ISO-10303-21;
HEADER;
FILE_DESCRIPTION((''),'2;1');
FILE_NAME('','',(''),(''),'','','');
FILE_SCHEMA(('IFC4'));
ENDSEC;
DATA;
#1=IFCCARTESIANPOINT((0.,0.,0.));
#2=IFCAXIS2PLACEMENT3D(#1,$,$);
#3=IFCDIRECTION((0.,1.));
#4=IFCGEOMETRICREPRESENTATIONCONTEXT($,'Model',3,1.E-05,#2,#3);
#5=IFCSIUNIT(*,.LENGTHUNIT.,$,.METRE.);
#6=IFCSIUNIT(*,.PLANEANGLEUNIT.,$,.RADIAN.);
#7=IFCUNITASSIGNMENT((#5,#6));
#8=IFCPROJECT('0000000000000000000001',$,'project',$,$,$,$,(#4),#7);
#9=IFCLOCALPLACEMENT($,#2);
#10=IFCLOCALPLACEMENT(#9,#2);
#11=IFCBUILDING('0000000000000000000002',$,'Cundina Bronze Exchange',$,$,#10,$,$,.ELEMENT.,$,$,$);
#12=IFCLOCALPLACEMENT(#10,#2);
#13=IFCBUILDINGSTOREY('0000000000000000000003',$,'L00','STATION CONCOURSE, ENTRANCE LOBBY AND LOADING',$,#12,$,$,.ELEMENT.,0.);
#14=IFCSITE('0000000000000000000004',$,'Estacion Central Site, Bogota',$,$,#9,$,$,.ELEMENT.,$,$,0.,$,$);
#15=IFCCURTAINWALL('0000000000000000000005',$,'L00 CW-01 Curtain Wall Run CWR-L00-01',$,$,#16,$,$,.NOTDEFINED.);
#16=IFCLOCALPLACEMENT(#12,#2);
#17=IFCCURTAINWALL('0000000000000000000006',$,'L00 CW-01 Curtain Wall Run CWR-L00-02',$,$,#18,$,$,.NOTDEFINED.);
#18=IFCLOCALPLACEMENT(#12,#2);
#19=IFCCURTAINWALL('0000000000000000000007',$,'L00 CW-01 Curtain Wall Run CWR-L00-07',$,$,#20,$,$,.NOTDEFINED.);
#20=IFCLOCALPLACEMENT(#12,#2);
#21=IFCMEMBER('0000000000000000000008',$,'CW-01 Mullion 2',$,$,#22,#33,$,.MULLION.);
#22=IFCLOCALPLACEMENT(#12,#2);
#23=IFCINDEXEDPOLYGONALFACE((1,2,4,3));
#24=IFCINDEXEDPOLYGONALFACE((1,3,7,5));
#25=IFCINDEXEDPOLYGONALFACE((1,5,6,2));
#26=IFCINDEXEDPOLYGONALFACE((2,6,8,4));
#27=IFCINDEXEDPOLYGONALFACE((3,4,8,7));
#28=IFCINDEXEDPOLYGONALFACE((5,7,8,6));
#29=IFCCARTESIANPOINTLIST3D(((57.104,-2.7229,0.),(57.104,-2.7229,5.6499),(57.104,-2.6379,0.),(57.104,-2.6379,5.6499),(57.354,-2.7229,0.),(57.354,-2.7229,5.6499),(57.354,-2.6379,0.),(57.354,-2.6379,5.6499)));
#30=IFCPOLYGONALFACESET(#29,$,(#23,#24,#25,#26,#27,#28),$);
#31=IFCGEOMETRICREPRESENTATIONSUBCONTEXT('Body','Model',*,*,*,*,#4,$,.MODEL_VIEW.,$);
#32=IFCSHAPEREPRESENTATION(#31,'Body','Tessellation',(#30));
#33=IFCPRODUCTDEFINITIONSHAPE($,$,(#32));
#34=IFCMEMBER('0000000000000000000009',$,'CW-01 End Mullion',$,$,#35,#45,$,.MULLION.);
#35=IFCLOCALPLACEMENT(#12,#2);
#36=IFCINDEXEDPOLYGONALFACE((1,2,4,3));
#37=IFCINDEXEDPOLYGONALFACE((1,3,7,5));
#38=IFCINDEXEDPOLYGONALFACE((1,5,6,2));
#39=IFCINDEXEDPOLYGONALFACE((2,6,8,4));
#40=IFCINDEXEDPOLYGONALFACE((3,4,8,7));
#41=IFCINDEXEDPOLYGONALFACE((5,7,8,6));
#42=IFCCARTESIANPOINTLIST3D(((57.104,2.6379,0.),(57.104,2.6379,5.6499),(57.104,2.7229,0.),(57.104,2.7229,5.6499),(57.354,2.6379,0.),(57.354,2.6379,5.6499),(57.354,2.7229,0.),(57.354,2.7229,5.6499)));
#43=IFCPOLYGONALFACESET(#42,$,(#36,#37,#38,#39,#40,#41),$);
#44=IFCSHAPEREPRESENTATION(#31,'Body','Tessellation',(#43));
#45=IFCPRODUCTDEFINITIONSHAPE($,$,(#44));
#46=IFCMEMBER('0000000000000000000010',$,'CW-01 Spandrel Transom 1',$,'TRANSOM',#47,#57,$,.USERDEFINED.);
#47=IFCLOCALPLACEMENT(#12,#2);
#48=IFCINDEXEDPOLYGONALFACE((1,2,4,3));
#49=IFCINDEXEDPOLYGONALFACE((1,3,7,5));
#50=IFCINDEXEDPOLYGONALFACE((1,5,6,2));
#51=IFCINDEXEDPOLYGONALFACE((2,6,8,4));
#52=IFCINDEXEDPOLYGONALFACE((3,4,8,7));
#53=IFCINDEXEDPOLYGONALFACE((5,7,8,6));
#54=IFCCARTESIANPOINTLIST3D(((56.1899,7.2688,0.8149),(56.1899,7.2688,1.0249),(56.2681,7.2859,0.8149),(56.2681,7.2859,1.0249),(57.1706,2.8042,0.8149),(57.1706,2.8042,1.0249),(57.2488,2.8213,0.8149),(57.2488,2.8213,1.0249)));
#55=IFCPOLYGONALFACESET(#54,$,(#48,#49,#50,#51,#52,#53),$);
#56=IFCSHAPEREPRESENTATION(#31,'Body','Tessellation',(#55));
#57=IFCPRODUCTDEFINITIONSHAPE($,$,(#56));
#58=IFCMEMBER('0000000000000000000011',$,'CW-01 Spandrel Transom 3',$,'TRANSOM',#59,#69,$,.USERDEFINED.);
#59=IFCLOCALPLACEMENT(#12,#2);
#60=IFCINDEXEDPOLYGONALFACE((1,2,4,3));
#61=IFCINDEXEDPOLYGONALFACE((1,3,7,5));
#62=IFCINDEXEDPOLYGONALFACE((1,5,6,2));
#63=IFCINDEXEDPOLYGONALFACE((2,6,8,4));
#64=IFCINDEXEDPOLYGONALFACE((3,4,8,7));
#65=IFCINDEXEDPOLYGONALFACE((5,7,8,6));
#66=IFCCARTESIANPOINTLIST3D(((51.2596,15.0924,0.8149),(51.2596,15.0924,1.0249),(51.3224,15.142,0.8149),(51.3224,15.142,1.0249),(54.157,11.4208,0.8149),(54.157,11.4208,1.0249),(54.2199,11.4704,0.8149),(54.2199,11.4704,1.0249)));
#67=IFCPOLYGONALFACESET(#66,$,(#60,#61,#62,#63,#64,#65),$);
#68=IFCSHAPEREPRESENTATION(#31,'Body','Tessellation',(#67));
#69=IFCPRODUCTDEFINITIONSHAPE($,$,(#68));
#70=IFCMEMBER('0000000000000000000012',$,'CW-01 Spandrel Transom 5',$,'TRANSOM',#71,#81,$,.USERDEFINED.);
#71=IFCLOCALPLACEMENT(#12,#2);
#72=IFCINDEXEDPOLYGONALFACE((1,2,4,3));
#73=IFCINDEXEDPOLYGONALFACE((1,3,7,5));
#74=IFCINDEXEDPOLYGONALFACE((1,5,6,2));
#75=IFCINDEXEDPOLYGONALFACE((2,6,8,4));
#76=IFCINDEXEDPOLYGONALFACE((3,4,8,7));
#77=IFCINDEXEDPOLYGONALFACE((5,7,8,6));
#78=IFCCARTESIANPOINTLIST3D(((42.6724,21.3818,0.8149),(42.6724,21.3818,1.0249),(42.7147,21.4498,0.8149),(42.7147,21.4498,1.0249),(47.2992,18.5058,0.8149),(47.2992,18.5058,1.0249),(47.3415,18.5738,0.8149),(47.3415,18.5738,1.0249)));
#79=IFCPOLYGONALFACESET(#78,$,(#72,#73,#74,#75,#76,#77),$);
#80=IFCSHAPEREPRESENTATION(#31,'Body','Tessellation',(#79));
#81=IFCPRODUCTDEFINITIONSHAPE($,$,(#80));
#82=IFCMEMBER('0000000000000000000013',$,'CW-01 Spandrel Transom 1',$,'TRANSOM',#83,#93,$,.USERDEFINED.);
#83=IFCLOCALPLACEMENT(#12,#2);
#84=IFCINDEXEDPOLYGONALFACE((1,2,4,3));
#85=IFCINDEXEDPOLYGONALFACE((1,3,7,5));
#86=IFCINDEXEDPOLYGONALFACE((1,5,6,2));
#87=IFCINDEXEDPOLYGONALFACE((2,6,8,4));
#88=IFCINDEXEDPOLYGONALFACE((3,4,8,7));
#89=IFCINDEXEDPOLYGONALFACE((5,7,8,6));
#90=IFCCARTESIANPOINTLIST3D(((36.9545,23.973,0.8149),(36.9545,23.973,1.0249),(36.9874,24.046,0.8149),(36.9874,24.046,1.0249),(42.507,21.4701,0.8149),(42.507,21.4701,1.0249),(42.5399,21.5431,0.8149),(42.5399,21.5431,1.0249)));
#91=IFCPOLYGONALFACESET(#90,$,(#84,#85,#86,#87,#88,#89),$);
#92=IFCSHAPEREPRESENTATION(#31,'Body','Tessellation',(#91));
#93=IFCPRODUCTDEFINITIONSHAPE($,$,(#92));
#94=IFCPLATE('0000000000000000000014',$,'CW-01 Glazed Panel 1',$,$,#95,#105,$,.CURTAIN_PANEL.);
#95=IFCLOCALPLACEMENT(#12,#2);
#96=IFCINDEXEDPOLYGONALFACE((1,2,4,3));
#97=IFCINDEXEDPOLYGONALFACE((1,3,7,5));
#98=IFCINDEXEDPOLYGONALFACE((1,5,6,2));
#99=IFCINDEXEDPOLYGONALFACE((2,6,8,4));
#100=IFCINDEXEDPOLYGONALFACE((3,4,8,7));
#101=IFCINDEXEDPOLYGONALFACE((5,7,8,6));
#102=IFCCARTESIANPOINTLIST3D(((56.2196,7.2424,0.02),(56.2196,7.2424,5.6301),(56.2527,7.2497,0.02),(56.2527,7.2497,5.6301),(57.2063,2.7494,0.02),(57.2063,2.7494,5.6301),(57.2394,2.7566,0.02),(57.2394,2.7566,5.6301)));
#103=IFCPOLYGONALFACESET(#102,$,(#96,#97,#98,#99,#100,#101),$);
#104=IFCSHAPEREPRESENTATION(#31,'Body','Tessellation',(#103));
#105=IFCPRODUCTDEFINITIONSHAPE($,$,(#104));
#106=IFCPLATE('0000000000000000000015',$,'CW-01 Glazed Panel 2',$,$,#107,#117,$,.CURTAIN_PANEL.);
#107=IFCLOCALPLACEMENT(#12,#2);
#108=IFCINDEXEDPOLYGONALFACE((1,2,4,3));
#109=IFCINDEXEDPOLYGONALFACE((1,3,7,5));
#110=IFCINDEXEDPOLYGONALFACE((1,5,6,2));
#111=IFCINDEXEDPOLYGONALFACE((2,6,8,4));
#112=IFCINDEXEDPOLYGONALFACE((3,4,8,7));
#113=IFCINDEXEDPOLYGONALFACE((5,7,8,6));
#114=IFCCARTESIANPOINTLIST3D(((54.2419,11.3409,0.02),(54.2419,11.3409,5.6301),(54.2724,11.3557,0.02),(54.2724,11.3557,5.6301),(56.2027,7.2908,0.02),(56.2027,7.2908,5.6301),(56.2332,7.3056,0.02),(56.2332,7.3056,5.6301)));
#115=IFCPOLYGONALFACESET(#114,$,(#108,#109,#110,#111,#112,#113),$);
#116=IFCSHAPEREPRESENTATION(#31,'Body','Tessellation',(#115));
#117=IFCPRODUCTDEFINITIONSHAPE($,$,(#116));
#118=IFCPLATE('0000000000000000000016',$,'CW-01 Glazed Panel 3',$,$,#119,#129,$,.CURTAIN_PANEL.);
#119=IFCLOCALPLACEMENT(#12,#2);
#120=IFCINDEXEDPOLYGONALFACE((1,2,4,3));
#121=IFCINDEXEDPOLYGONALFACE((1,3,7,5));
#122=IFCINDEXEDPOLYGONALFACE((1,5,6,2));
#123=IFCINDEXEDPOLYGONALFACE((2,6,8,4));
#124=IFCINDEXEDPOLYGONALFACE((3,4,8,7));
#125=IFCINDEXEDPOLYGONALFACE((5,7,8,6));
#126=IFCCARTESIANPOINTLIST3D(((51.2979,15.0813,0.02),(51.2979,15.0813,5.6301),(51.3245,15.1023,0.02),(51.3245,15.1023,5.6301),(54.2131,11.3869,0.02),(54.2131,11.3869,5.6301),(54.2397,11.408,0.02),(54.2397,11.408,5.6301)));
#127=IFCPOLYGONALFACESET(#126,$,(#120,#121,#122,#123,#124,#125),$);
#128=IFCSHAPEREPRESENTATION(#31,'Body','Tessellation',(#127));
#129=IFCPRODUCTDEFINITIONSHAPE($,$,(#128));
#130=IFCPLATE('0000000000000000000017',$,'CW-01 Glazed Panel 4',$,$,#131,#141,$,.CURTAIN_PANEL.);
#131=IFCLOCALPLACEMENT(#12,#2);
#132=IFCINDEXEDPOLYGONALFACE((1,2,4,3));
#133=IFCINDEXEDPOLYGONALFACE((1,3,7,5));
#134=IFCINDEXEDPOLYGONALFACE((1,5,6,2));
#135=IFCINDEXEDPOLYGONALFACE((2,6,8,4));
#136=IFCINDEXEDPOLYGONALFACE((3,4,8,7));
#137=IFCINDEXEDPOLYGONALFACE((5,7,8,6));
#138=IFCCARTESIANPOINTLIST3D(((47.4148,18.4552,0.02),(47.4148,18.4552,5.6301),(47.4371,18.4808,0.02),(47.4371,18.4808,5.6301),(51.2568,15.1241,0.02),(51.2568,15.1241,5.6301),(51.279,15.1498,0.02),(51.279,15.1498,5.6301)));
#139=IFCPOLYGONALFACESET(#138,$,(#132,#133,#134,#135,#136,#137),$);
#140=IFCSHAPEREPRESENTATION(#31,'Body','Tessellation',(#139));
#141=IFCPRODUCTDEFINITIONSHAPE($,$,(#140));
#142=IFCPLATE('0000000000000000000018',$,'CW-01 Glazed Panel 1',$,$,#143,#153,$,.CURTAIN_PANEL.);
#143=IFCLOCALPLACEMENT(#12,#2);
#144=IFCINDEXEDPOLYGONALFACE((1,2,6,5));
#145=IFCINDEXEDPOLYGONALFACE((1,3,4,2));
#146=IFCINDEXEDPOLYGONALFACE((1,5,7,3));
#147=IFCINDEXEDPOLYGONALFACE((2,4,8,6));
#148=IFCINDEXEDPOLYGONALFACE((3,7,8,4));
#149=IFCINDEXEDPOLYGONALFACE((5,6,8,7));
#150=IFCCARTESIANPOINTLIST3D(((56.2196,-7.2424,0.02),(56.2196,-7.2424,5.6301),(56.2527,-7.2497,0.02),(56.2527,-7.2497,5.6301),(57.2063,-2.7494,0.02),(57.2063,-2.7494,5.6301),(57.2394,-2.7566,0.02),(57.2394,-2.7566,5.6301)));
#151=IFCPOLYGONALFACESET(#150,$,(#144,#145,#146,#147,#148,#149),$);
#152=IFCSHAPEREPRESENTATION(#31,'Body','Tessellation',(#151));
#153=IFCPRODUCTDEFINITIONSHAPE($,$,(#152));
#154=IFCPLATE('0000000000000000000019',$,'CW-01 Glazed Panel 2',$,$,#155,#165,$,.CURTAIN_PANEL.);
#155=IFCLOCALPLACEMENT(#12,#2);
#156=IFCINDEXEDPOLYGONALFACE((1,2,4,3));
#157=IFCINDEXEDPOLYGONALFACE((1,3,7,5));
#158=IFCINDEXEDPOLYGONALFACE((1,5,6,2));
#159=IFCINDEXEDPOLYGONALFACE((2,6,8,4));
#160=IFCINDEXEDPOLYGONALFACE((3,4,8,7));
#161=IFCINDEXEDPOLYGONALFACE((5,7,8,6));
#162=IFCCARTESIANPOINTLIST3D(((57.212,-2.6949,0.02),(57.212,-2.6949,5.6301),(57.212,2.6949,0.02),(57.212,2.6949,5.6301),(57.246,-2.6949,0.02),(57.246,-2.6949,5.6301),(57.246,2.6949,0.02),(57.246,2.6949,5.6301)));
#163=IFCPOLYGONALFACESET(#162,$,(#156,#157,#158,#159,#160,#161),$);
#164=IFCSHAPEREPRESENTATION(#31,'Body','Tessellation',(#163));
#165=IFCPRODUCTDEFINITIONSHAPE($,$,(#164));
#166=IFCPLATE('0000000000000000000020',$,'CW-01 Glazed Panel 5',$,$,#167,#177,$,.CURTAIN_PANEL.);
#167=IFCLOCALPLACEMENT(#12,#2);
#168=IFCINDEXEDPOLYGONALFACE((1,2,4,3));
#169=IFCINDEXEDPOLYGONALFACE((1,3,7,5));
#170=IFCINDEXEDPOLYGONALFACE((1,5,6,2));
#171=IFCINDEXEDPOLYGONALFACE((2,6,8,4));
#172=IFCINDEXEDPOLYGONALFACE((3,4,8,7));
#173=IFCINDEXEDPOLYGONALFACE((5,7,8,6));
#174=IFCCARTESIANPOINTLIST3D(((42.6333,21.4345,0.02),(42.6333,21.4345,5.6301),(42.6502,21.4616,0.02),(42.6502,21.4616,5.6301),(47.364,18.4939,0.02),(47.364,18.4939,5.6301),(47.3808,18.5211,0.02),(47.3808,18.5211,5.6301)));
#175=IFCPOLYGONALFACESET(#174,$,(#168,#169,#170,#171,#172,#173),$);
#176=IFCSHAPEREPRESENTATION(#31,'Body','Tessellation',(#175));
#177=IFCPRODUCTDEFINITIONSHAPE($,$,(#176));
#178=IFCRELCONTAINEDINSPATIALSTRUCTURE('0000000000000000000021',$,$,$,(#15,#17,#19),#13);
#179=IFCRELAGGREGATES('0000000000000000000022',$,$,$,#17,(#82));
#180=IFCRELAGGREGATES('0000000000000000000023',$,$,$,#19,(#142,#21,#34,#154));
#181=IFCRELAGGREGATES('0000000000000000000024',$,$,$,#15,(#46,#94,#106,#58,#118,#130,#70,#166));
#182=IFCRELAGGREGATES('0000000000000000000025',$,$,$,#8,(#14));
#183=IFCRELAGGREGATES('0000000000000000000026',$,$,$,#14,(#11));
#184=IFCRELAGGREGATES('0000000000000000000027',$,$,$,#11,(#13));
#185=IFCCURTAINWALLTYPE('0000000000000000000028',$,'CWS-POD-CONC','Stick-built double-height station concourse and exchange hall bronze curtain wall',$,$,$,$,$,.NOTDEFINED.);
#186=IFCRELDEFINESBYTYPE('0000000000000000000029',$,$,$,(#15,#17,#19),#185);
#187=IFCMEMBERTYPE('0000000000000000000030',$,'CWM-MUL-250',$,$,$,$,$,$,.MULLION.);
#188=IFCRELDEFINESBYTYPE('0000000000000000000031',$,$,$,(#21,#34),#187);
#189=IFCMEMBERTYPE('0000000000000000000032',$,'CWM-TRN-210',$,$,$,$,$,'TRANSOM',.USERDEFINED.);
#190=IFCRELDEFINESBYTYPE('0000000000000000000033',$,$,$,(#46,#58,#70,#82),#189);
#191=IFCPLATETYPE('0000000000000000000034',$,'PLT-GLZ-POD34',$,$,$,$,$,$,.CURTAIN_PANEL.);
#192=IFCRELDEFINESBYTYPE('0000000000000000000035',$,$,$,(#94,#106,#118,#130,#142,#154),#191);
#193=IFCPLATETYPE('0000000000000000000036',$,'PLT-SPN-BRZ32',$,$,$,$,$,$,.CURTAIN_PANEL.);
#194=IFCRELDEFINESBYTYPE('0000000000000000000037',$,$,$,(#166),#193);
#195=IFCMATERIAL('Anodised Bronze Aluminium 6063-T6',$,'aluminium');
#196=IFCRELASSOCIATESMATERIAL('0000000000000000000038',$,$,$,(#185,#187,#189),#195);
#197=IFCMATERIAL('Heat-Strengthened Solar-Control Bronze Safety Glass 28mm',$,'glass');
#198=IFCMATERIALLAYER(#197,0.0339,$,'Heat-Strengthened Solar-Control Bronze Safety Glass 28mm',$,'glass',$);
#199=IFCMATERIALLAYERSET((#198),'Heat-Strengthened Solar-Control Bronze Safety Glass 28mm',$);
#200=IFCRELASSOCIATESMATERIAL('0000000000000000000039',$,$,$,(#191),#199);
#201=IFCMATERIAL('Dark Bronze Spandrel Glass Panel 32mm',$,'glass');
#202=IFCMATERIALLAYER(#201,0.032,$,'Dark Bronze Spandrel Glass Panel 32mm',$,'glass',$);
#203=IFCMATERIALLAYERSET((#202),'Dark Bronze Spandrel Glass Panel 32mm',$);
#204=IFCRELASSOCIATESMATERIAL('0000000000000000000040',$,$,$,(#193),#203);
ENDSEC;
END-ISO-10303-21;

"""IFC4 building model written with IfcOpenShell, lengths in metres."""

from ifc_helpers import new_model, si_unit, direction, frame, origin, origin_2d, place, context, subcontext, project, spatial, rectangle, extrude, material, layer, layer_set, material_profile, profile_set, type_object, element, aggregate, save


model = new_model("IFC4")

# Units and contexts
model_context = context("Model", 3, precision=1e-05, world=origin(), true_north=direction((0.0, 1.0)))
body_context = subcontext(model_context, "Body", "Model", "MODEL_VIEW")
ifc_project = project(units=[si_unit("LENGTHUNIT", "METRE"), si_unit("PLANEANGLEUNIT", "RADIAN")], contexts=[model_context])

# Site, building, storey
site_placement = place(None, origin())
site = spatial("IfcSite", under=ifc_project, at=site_placement, Name="Estacion Central Site, Bogota", CompositionType="ELEMENT", RefElevation=0.0)
building_placement = place(site_placement, origin())
building = spatial("IfcBuilding", under=site, at=building_placement, Name="Cundina Bronze Exchange", CompositionType="ELEMENT")
storey_placement = place(building_placement, origin())
storey = spatial("IfcBuildingStorey", under=building, at=storey_placement, Name="L00", Description="STATION CONCOURSE, ENTRANCE LOBBY AND LOADING", CompositionType="ELEMENT", Elevation=0.0)

# Curtain wall
ifc_material_1 = material(Name="Anodised Bronze Aluminium 6063-T6", Category="aluminium")
curtain_wall_type = type_object("IfcCurtainWallType", Name="CWS-POD-CONC", Description="Stick-built double-height station concourse and exchange hall bronze curtain wall", PredefinedType="NOTDEFINED", material=ifc_material_1)
curtain_wall_1_placement = place(storey_placement, origin())
curtain_wall_1 = element("IfcCurtainWall", 1, at=curtain_wall_1_placement, inside=storey, type_object=curtain_wall_type, Name="L00 CW-01 Curtain Wall Run CWR-L00-01", PredefinedType="NOTDEFINED")
ifc_material_profile_1 = material_profile(ifc_material_1, rectangle(XDim=0.085, YDim=0.25, at=origin_2d()), Name="AL85X250", Category="aluminium")
ifc_profile_set_1 = profile_set([ifc_material_profile_1], Name="Anodised Bronze Aluminium 6063-T6")
member_type_1 = type_object("IfcMemberType", Name="CWM-MUL-250", PredefinedType="MULLION", material=ifc_profile_set_1)

# Curtain wall
curtain_wall_2_placement = place(storey_placement, origin())
curtain_wall_2 = element("IfcCurtainWall", 2, at=curtain_wall_2_placement, inside=storey, type_object=curtain_wall_type, Name="L00 CW-01 Curtain Wall Run CWR-L00-02", PredefinedType="NOTDEFINED")

# Curtain wall, members
curtain_wall_3_placement = place(storey_placement, origin())
curtain_wall_3 = element("IfcCurtainWall", 3, at=curtain_wall_3_placement, inside=storey, type_object=curtain_wall_type, Name="L00 CW-01 Curtain Wall Run CWR-L00-07", PredefinedType="NOTDEFINED")
member_1_placement = place(storey_placement, frame((57.229, -2.6804, 0.0), z_axis=(0.0, 0.0, 1.0), x_axis=(0.0, 1.0, 0.0)))
member_1 = element("IfcMember", 4, at=member_1_placement, type_object=member_type_1, Name="CW-01 Mullion 2", PredefinedType="MULLION", context=body_context, shape_type="SweptSolid", body=[
    extrude(rectangle(XDim=0.085, YDim=0.25, at=origin_2d()), origin(), (0.0, 0.0, 1.0), 5.6499),
])
member_2_placement = place(storey_placement, frame((57.229, 2.6804, 0.0), z_axis=(0.0, 0.0, 1.0), x_axis=(0.0, 1.0, 0.0)))
member_2 = element("IfcMember", 5, at=member_2_placement, type_object=member_type_1, Name="CW-01 End Mullion", PredefinedType="MULLION", context=body_context, shape_type="SweptSolid", body=[
    extrude(rectangle(XDim=0.085, YDim=0.25, at=origin_2d()), origin(), (0.0, 0.0, 1.0), 5.6499),
])

# Members
ifc_material_profile_2 = material_profile(ifc_material_1, rectangle(XDim=0.0801, YDim=0.21, at=origin_2d()), Name="AL80X210", Category="aluminium")
ifc_profile_set_2 = profile_set([ifc_material_profile_2], Name="Anodised Bronze Aluminium 6063-T6")
member_type_2 = type_object("IfcMemberType", Name="CWM-TRN-210", ElementType="TRANSOM", PredefinedType="USERDEFINED", material=ifc_profile_set_2)
member_3_placement = place(storey_placement, frame((57.2097, 2.8127, 0.9199), z_axis=(-0.214549, 0.976713, 0.0), x_axis=(-0.976713, -0.214549, 0.0)))
member_3 = element("IfcMember", 6, at=member_3_placement, type_object=member_type_2, Name="CW-01 Spandrel Transom 1", ObjectType="TRANSOM", PredefinedType="USERDEFINED", context=body_context, shape_type="SweptSolid", body=[
    extrude(rectangle(XDim=0.0801, YDim=0.21, at=origin_2d()), origin(), (0.0, 0.0, 1.0), 4.571),
])
member_4_placement = place(storey_placement, frame((54.1885, 11.4456, 0.9199), z_axis=(-0.619487, 0.785007, 0.0), x_axis=(-0.785007, -0.619487, 0.0)))
member_4 = element("IfcMember", 7, at=member_4_placement, type_object=member_type_2, Name="CW-01 Spandrel Transom 3", ObjectType="TRANSOM", PredefinedType="USERDEFINED", context=body_context, shape_type="SweptSolid", body=[
    extrude(rectangle(XDim=0.0801, YDim=0.21, at=origin_2d()), origin(), (0.0, 0.0, 1.0), 4.6772),
])
member_5_placement = place(storey_placement, frame((47.3203, 18.5398, 0.9199), z_axis=(-0.849292, 0.527923, 0.0), x_axis=(-0.527923, -0.849292, 0.0)))
member_5 = element("IfcMember", 8, at=member_5_placement, type_object=member_type_2, Name="CW-01 Spandrel Transom 5", ObjectType="TRANSOM", PredefinedType="USERDEFINED", context=body_context, shape_type="SweptSolid", body=[
    extrude(rectangle(XDim=0.0801, YDim=0.21, at=origin_2d()), origin(), (0.0, 0.0, 1.0), 5.4478),
])
member_6_placement = place(storey_placement, frame((42.5234, 21.5066, 0.9199), z_axis=(-0.911657, 0.410953, 0.0), x_axis=(-0.410953, -0.911657, 0.0)))
member_6 = element("IfcMember", 9, at=member_6_placement, type_object=member_type_2, Name="CW-01 Spandrel Transom 1", ObjectType="TRANSOM", PredefinedType="USERDEFINED", context=body_context, shape_type="SweptSolid", body=[
    extrude(rectangle(XDim=0.0801, YDim=0.21, at=origin_2d()), origin(), (0.0, 0.0, 1.0), 6.0906),
])
aggregate(curtain_wall_2, [member_6])

# Plates
ifc_material_2 = material(Name="Heat-Strengthened Solar-Control Bronze Safety Glass 28mm", Category="glass")
ifc_layer_1 = layer(ifc_material_2, 0.0339, Name="Heat-Strengthened Solar-Control Bronze Safety Glass 28mm", Category="glass")
ifc_layer_set_1 = layer_set([ifc_layer_1], Name="Heat-Strengthened Solar-Control Bronze Safety Glass 28mm")
plate_type_1 = type_object("IfcPlateType", Name="PLT-GLZ-POD34", PredefinedType="CURTAIN_PANEL", material=ifc_layer_set_1)
plate_1_placement = place(storey_placement, frame((56.7295, 4.9995, 0.02), z_axis=(0.0, 0.0, 1.0), x_axis=(-0.214497, 0.976725, 0.0)))
plate_1 = element("IfcPlate", 10, at=plate_1_placement, type_object=plate_type_1, Name="CW-01 Glazed Panel 1", PredefinedType="CURTAIN_PANEL", context=body_context, shape_type="SweptSolid", body=[
    extrude(rectangle(XDim=4.6001, YDim=0.0339, at=origin_2d()), origin(), (0.0, 0.0, 1.0), 5.6101),
])
plate_2_placement = place(storey_placement, frame((55.2375, 9.3232, 0.02), z_axis=(0.0, 0.0, 1.0), x_axis=(-0.435765, 0.90006, 0.0)))
plate_2 = element("IfcPlate", 11, at=plate_2_placement, type_object=plate_type_1, Name="CW-01 Glazed Panel 2", PredefinedType="CURTAIN_PANEL", context=body_context, shape_type="SweptSolid", body=[
    extrude(rectangle(XDim=4.4998, YDim=0.0339, at=origin_2d()), origin(), (0.0, 0.0, 1.0), 5.6101),
])
plate_3_placement = place(storey_placement, frame((52.7688, 13.2446, 0.02), z_axis=(0.0, 0.0, 1.0), x_axis=(-0.619464, 0.785025, 0.0)))
plate_3 = element("IfcPlate", 12, at=plate_3_placement, type_object=plate_type_1, Name="CW-01 Glazed Panel 3", PredefinedType="CURTAIN_PANEL", context=body_context, shape_type="SweptSolid", body=[
    extrude(rectangle(XDim=4.7061, YDim=0.0339, at=origin_2d()), origin(), (0.0, 0.0, 1.0), 5.6101),
])
plate_4_placement = place(storey_placement, frame((49.3469, 16.8025, 0.02), z_axis=(0.0, 0.0, 1.0), x_axis=(-0.755556, 0.655084, 0.0)))
plate_4 = element("IfcPlate", 13, at=plate_4_placement, type_object=plate_type_1, Name="CW-01 Glazed Panel 4", PredefinedType="CURTAIN_PANEL", context=body_context, shape_type="SweptSolid", body=[
    extrude(rectangle(XDim=5.085, YDim=0.0339, at=origin_2d()), origin(), (0.0, 0.0, 1.0), 5.6101),
])
plate_5_placement = place(storey_placement, frame((56.7295, -4.9995, 0.02), z_axis=(0.0, 0.0, 1.0), x_axis=(0.214497, 0.976725, 0.0)))
plate_5 = element("IfcPlate", 14, at=plate_5_placement, type_object=plate_type_1, Name="CW-01 Glazed Panel 1", PredefinedType="CURTAIN_PANEL", context=body_context, shape_type="SweptSolid", body=[
    extrude(rectangle(XDim=4.6001, YDim=0.0339, at=origin_2d()), origin(), (0.0, 0.0, 1.0), 5.6101),
])
plate_6_placement = place(storey_placement, frame((57.229, 0.0, 0.02), z_axis=(0.0, 0.0, 1.0), x_axis=(0.0, 1.0, 0.0)))
plate_6 = element("IfcPlate", 15, at=plate_6_placement, type_object=plate_type_1, Name="CW-01 Glazed Panel 2", PredefinedType="CURTAIN_PANEL", context=body_context, shape_type="SweptSolid", body=[
    extrude(rectangle(XDim=5.3899, YDim=0.0339, at=origin_2d()), origin(), (0.0, 0.0, 1.0), 5.6101),
])
aggregate(curtain_wall_3, [plate_5, member_1, member_2, plate_6])
ifc_material_3 = material(Name="Dark Bronze Spandrel Glass Panel 32mm", Category="glass")
ifc_layer_2 = layer(ifc_material_3, 0.032, Name="Dark Bronze Spandrel Glass Panel 32mm", Category="glass")
ifc_layer_set_2 = layer_set([ifc_layer_2], Name="Dark Bronze Spandrel Glass Panel 32mm")
plate_type_2 = type_object("IfcPlateType", Name="PLT-SPN-BRZ32", PredefinedType="CURTAIN_PANEL", material=ifc_layer_set_2)
plate_7_placement = place(storey_placement, frame((45.0071, 19.9778, 0.02), z_axis=(0.0, 0.0, 1.0), x_axis=(-0.849294, 0.52792, 0.0)))
plate_7 = element("IfcPlate", 16, at=plate_7_placement, type_object=plate_type_2, Name="CW-01 Glazed Panel 5", PredefinedType="CURTAIN_PANEL", context=body_context, shape_type="SweptSolid", body=[
    extrude(rectangle(XDim=5.5701, YDim=0.032, at=origin_2d()), origin(), (0.0, 0.0, 1.0), 5.6101),
])
aggregate(curtain_wall_1, [member_3, plate_1, plate_2, member_4, plate_3, plate_4, member_5, plate_7])

save(model, "model.ifc")
